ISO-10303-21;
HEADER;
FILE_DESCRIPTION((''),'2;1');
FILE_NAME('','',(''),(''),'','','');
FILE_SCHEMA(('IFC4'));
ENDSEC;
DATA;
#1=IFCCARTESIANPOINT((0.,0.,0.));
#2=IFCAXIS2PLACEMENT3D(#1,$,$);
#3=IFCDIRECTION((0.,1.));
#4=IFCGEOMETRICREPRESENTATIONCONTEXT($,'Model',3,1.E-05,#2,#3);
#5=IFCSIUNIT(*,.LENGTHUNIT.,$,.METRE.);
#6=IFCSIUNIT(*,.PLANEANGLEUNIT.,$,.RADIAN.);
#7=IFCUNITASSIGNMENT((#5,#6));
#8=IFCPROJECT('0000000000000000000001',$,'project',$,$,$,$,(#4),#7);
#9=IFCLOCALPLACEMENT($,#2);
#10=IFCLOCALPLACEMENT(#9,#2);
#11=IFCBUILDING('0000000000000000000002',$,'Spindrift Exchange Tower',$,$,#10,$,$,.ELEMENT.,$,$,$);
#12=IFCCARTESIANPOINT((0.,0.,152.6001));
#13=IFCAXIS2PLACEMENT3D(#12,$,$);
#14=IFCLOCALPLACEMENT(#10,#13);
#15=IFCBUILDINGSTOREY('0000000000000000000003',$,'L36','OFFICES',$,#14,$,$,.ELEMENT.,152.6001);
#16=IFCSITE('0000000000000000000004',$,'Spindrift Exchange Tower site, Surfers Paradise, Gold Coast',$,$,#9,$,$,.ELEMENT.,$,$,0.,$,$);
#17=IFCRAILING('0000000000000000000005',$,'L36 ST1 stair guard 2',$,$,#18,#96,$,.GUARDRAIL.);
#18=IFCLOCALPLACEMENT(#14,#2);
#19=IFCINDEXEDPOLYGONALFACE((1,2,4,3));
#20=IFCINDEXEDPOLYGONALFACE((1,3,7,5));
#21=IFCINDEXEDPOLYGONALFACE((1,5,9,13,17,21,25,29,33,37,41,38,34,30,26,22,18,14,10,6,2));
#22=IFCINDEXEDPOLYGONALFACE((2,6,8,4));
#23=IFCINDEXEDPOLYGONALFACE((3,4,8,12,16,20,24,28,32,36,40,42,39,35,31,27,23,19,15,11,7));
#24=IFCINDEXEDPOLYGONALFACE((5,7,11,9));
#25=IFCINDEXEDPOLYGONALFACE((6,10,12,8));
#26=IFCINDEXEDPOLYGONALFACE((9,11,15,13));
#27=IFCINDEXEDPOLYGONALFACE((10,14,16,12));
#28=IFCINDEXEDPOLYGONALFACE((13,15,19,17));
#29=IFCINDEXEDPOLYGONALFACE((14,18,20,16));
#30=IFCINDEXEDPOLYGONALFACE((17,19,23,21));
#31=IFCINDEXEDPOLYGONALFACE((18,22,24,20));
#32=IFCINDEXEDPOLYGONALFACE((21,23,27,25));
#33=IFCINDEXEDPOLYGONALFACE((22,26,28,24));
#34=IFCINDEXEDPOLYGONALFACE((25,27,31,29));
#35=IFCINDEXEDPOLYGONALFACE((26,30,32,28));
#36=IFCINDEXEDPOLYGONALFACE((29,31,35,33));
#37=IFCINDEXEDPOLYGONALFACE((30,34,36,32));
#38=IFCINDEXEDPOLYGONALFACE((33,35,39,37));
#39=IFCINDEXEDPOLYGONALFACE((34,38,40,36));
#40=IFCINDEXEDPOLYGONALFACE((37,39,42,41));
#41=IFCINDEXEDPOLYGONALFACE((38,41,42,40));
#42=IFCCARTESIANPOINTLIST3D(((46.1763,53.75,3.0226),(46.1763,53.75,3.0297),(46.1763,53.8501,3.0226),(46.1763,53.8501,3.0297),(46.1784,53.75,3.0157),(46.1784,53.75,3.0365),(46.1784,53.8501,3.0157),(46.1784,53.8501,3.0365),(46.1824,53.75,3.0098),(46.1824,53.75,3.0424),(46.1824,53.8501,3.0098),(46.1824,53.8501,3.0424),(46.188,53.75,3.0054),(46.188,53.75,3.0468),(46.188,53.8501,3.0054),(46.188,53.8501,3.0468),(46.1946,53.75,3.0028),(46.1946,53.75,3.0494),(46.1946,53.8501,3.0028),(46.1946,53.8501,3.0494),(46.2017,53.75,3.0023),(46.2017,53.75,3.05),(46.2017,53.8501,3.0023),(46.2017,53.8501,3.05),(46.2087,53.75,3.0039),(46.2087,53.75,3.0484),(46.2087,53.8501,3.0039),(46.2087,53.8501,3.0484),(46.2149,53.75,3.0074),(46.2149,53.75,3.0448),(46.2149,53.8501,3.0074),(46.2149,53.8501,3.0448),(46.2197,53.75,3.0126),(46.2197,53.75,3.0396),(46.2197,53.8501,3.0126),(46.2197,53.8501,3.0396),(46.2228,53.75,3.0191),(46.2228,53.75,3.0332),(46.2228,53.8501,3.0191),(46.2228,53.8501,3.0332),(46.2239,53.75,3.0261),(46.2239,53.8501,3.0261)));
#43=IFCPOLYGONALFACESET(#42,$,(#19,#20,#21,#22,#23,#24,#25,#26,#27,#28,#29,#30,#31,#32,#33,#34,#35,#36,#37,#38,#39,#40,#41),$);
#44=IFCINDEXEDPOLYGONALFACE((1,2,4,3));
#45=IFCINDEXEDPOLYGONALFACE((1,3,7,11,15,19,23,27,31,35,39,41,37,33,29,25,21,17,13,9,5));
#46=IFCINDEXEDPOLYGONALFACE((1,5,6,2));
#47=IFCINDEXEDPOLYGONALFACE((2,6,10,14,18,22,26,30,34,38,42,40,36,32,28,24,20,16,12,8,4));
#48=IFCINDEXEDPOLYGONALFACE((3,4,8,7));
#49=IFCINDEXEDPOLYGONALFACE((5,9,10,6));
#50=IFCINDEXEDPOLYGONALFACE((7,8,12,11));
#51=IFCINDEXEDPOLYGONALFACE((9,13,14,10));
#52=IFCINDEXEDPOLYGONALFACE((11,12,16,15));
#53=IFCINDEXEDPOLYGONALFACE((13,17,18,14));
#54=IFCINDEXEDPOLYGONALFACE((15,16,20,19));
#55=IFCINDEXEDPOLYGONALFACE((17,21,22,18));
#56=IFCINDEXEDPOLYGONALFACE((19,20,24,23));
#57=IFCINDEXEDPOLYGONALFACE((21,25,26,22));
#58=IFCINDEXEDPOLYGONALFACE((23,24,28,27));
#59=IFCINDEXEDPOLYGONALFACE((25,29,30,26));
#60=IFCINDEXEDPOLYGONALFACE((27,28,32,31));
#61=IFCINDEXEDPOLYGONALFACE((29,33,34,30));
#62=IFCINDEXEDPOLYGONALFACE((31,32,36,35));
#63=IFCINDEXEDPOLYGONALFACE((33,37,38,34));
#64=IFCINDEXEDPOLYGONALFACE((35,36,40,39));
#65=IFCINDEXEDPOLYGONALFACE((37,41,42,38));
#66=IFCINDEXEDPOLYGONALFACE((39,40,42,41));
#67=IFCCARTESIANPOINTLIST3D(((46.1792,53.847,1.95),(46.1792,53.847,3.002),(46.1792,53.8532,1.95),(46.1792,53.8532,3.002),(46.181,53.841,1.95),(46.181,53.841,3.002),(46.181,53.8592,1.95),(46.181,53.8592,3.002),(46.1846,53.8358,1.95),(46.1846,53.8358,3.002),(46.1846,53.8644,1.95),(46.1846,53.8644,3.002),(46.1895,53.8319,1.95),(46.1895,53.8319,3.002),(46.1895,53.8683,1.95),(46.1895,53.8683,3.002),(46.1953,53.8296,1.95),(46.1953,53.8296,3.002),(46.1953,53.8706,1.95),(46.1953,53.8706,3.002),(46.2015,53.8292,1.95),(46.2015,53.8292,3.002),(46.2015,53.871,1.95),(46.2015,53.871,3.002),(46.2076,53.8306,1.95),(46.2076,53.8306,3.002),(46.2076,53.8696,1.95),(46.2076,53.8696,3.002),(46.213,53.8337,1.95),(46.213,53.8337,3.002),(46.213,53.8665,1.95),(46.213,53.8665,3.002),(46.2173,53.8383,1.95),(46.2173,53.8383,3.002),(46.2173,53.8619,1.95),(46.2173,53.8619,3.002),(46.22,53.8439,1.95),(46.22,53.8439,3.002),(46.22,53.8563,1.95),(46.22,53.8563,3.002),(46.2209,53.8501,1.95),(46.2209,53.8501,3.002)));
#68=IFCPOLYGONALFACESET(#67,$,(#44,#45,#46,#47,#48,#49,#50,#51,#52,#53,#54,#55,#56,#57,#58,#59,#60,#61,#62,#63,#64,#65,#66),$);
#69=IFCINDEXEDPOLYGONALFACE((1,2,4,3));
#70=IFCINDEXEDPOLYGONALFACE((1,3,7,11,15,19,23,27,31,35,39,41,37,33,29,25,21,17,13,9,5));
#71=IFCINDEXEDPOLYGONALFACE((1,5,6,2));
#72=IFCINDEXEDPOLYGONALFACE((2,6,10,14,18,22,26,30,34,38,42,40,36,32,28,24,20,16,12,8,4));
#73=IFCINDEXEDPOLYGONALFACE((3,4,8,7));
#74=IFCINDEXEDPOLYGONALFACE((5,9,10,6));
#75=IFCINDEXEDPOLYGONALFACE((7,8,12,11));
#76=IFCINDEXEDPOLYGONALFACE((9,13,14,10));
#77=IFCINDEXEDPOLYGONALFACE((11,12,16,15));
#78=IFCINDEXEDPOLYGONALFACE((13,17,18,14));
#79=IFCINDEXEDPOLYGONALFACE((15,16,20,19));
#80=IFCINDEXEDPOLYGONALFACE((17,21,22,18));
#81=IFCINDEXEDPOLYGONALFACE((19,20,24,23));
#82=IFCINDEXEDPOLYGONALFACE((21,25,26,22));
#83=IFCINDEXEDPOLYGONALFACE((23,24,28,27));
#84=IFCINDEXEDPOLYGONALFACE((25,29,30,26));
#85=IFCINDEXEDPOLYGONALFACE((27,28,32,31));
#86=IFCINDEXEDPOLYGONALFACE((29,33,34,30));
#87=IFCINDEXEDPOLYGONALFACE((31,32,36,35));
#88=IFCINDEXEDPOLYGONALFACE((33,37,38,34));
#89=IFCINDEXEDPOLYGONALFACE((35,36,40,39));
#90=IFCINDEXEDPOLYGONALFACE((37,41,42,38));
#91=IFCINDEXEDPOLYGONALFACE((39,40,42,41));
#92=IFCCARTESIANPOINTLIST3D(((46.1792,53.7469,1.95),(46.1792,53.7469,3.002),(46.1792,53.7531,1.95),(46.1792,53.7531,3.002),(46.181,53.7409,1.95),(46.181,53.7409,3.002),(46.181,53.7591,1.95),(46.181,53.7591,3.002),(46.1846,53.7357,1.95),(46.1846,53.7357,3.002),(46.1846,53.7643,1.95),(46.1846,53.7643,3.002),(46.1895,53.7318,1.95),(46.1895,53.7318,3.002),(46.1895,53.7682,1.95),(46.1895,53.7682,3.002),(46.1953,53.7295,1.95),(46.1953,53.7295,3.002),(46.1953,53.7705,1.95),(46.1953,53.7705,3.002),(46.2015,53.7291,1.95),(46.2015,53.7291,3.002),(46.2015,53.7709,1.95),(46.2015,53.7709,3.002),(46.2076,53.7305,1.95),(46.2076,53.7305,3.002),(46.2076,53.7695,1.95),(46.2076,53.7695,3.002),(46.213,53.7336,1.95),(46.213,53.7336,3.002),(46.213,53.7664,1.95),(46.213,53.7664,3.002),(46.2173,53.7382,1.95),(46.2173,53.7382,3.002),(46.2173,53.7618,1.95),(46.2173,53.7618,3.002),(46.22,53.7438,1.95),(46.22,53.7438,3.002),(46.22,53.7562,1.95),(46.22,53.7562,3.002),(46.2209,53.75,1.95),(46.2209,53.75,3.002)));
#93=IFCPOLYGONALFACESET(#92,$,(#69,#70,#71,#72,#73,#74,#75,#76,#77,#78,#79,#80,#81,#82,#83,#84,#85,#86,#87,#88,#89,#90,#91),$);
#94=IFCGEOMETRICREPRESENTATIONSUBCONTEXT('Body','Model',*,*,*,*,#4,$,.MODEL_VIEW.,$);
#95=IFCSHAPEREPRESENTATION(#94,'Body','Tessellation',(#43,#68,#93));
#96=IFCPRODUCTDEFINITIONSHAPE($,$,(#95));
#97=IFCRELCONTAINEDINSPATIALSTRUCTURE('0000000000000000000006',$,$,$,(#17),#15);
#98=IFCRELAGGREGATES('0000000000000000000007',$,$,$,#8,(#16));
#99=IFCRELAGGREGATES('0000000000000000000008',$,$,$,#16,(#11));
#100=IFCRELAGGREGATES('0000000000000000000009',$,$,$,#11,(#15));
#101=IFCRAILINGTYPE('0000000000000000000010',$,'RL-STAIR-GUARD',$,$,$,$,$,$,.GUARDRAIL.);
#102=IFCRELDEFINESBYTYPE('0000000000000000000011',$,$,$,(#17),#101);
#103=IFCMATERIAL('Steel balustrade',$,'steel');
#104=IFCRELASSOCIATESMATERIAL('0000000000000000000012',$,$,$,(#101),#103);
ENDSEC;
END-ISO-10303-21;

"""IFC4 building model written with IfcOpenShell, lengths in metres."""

from ifc_helpers import new_model, si_unit, direction, frame, origin, origin_2d, place, context, subcontext, project, spatial, circle, extrude, material, type_object, element, save


model = new_model("IFC4")

# Units and contexts
model_context = context("Model", 3, precision=1e-05, world=origin(), true_north=direction((0.0, 1.0)))
body_context = subcontext(model_context, "Body", "Model", "MODEL_VIEW")
ifc_project = project(units=[si_unit("LENGTHUNIT", "METRE"), si_unit("PLANEANGLEUNIT", "RADIAN")], contexts=[model_context])

# Site, building, storey
site_placement = place(None, origin())
site = spatial("IfcSite", under=ifc_project, at=site_placement, Name="Spindrift Exchange Tower site, Surfers Paradise, Gold Coast", CompositionType="ELEMENT", RefElevation=0.0)
building_placement = place(site_placement, origin())
building = spatial("IfcBuilding", under=site, at=building_placement, Name="Spindrift Exchange Tower", CompositionType="ELEMENT")
storey_placement = place(building_placement, frame((0.0, 0.0, 152.6001)))
storey = spatial("IfcBuildingStorey", under=building, at=storey_placement, Name="L36", Description="OFFICES", CompositionType="ELEMENT", Elevation=152.6001)

# Railing
ifc_material_1 = material(Name="Steel balustrade", Category="steel")
railing_type_1 = type_object("IfcRailingType", Name="RL-STAIR-GUARD", PredefinedType="GUARDRAIL", material=ifc_material_1)
railing_1_placement = place(storey_placement, frame((46.2, 53.8501, 1.95)))
element("IfcRailing", 1, at=railing_1_placement, inside=storey, type_object=railing_type_1, Name="L36 ST1 stair guard 2", PredefinedType="GUARDRAIL", context=body_context, shape_type="SweptSolid", body=[
    extrude(circle(Radius=0.0239, at=origin_2d()), frame((0.0, 0.0, 1.0762), z_axis=(0.0, -1.0, 0.0), x_axis=(1.0, 0.0, 0.0)), (0.0, 0.0, 1.0), 0.1001),
    extrude(circle(Radius=0.021, at=origin_2d()), origin(), (0.0, 0.0, 1.0), 1.052),
    extrude(circle(Radius=0.021, at=origin_2d()), frame((0.0, -0.1001, 0.0)), (0.0, 0.0, 1.0), 1.052),
])

save(model, "model.ifc")
